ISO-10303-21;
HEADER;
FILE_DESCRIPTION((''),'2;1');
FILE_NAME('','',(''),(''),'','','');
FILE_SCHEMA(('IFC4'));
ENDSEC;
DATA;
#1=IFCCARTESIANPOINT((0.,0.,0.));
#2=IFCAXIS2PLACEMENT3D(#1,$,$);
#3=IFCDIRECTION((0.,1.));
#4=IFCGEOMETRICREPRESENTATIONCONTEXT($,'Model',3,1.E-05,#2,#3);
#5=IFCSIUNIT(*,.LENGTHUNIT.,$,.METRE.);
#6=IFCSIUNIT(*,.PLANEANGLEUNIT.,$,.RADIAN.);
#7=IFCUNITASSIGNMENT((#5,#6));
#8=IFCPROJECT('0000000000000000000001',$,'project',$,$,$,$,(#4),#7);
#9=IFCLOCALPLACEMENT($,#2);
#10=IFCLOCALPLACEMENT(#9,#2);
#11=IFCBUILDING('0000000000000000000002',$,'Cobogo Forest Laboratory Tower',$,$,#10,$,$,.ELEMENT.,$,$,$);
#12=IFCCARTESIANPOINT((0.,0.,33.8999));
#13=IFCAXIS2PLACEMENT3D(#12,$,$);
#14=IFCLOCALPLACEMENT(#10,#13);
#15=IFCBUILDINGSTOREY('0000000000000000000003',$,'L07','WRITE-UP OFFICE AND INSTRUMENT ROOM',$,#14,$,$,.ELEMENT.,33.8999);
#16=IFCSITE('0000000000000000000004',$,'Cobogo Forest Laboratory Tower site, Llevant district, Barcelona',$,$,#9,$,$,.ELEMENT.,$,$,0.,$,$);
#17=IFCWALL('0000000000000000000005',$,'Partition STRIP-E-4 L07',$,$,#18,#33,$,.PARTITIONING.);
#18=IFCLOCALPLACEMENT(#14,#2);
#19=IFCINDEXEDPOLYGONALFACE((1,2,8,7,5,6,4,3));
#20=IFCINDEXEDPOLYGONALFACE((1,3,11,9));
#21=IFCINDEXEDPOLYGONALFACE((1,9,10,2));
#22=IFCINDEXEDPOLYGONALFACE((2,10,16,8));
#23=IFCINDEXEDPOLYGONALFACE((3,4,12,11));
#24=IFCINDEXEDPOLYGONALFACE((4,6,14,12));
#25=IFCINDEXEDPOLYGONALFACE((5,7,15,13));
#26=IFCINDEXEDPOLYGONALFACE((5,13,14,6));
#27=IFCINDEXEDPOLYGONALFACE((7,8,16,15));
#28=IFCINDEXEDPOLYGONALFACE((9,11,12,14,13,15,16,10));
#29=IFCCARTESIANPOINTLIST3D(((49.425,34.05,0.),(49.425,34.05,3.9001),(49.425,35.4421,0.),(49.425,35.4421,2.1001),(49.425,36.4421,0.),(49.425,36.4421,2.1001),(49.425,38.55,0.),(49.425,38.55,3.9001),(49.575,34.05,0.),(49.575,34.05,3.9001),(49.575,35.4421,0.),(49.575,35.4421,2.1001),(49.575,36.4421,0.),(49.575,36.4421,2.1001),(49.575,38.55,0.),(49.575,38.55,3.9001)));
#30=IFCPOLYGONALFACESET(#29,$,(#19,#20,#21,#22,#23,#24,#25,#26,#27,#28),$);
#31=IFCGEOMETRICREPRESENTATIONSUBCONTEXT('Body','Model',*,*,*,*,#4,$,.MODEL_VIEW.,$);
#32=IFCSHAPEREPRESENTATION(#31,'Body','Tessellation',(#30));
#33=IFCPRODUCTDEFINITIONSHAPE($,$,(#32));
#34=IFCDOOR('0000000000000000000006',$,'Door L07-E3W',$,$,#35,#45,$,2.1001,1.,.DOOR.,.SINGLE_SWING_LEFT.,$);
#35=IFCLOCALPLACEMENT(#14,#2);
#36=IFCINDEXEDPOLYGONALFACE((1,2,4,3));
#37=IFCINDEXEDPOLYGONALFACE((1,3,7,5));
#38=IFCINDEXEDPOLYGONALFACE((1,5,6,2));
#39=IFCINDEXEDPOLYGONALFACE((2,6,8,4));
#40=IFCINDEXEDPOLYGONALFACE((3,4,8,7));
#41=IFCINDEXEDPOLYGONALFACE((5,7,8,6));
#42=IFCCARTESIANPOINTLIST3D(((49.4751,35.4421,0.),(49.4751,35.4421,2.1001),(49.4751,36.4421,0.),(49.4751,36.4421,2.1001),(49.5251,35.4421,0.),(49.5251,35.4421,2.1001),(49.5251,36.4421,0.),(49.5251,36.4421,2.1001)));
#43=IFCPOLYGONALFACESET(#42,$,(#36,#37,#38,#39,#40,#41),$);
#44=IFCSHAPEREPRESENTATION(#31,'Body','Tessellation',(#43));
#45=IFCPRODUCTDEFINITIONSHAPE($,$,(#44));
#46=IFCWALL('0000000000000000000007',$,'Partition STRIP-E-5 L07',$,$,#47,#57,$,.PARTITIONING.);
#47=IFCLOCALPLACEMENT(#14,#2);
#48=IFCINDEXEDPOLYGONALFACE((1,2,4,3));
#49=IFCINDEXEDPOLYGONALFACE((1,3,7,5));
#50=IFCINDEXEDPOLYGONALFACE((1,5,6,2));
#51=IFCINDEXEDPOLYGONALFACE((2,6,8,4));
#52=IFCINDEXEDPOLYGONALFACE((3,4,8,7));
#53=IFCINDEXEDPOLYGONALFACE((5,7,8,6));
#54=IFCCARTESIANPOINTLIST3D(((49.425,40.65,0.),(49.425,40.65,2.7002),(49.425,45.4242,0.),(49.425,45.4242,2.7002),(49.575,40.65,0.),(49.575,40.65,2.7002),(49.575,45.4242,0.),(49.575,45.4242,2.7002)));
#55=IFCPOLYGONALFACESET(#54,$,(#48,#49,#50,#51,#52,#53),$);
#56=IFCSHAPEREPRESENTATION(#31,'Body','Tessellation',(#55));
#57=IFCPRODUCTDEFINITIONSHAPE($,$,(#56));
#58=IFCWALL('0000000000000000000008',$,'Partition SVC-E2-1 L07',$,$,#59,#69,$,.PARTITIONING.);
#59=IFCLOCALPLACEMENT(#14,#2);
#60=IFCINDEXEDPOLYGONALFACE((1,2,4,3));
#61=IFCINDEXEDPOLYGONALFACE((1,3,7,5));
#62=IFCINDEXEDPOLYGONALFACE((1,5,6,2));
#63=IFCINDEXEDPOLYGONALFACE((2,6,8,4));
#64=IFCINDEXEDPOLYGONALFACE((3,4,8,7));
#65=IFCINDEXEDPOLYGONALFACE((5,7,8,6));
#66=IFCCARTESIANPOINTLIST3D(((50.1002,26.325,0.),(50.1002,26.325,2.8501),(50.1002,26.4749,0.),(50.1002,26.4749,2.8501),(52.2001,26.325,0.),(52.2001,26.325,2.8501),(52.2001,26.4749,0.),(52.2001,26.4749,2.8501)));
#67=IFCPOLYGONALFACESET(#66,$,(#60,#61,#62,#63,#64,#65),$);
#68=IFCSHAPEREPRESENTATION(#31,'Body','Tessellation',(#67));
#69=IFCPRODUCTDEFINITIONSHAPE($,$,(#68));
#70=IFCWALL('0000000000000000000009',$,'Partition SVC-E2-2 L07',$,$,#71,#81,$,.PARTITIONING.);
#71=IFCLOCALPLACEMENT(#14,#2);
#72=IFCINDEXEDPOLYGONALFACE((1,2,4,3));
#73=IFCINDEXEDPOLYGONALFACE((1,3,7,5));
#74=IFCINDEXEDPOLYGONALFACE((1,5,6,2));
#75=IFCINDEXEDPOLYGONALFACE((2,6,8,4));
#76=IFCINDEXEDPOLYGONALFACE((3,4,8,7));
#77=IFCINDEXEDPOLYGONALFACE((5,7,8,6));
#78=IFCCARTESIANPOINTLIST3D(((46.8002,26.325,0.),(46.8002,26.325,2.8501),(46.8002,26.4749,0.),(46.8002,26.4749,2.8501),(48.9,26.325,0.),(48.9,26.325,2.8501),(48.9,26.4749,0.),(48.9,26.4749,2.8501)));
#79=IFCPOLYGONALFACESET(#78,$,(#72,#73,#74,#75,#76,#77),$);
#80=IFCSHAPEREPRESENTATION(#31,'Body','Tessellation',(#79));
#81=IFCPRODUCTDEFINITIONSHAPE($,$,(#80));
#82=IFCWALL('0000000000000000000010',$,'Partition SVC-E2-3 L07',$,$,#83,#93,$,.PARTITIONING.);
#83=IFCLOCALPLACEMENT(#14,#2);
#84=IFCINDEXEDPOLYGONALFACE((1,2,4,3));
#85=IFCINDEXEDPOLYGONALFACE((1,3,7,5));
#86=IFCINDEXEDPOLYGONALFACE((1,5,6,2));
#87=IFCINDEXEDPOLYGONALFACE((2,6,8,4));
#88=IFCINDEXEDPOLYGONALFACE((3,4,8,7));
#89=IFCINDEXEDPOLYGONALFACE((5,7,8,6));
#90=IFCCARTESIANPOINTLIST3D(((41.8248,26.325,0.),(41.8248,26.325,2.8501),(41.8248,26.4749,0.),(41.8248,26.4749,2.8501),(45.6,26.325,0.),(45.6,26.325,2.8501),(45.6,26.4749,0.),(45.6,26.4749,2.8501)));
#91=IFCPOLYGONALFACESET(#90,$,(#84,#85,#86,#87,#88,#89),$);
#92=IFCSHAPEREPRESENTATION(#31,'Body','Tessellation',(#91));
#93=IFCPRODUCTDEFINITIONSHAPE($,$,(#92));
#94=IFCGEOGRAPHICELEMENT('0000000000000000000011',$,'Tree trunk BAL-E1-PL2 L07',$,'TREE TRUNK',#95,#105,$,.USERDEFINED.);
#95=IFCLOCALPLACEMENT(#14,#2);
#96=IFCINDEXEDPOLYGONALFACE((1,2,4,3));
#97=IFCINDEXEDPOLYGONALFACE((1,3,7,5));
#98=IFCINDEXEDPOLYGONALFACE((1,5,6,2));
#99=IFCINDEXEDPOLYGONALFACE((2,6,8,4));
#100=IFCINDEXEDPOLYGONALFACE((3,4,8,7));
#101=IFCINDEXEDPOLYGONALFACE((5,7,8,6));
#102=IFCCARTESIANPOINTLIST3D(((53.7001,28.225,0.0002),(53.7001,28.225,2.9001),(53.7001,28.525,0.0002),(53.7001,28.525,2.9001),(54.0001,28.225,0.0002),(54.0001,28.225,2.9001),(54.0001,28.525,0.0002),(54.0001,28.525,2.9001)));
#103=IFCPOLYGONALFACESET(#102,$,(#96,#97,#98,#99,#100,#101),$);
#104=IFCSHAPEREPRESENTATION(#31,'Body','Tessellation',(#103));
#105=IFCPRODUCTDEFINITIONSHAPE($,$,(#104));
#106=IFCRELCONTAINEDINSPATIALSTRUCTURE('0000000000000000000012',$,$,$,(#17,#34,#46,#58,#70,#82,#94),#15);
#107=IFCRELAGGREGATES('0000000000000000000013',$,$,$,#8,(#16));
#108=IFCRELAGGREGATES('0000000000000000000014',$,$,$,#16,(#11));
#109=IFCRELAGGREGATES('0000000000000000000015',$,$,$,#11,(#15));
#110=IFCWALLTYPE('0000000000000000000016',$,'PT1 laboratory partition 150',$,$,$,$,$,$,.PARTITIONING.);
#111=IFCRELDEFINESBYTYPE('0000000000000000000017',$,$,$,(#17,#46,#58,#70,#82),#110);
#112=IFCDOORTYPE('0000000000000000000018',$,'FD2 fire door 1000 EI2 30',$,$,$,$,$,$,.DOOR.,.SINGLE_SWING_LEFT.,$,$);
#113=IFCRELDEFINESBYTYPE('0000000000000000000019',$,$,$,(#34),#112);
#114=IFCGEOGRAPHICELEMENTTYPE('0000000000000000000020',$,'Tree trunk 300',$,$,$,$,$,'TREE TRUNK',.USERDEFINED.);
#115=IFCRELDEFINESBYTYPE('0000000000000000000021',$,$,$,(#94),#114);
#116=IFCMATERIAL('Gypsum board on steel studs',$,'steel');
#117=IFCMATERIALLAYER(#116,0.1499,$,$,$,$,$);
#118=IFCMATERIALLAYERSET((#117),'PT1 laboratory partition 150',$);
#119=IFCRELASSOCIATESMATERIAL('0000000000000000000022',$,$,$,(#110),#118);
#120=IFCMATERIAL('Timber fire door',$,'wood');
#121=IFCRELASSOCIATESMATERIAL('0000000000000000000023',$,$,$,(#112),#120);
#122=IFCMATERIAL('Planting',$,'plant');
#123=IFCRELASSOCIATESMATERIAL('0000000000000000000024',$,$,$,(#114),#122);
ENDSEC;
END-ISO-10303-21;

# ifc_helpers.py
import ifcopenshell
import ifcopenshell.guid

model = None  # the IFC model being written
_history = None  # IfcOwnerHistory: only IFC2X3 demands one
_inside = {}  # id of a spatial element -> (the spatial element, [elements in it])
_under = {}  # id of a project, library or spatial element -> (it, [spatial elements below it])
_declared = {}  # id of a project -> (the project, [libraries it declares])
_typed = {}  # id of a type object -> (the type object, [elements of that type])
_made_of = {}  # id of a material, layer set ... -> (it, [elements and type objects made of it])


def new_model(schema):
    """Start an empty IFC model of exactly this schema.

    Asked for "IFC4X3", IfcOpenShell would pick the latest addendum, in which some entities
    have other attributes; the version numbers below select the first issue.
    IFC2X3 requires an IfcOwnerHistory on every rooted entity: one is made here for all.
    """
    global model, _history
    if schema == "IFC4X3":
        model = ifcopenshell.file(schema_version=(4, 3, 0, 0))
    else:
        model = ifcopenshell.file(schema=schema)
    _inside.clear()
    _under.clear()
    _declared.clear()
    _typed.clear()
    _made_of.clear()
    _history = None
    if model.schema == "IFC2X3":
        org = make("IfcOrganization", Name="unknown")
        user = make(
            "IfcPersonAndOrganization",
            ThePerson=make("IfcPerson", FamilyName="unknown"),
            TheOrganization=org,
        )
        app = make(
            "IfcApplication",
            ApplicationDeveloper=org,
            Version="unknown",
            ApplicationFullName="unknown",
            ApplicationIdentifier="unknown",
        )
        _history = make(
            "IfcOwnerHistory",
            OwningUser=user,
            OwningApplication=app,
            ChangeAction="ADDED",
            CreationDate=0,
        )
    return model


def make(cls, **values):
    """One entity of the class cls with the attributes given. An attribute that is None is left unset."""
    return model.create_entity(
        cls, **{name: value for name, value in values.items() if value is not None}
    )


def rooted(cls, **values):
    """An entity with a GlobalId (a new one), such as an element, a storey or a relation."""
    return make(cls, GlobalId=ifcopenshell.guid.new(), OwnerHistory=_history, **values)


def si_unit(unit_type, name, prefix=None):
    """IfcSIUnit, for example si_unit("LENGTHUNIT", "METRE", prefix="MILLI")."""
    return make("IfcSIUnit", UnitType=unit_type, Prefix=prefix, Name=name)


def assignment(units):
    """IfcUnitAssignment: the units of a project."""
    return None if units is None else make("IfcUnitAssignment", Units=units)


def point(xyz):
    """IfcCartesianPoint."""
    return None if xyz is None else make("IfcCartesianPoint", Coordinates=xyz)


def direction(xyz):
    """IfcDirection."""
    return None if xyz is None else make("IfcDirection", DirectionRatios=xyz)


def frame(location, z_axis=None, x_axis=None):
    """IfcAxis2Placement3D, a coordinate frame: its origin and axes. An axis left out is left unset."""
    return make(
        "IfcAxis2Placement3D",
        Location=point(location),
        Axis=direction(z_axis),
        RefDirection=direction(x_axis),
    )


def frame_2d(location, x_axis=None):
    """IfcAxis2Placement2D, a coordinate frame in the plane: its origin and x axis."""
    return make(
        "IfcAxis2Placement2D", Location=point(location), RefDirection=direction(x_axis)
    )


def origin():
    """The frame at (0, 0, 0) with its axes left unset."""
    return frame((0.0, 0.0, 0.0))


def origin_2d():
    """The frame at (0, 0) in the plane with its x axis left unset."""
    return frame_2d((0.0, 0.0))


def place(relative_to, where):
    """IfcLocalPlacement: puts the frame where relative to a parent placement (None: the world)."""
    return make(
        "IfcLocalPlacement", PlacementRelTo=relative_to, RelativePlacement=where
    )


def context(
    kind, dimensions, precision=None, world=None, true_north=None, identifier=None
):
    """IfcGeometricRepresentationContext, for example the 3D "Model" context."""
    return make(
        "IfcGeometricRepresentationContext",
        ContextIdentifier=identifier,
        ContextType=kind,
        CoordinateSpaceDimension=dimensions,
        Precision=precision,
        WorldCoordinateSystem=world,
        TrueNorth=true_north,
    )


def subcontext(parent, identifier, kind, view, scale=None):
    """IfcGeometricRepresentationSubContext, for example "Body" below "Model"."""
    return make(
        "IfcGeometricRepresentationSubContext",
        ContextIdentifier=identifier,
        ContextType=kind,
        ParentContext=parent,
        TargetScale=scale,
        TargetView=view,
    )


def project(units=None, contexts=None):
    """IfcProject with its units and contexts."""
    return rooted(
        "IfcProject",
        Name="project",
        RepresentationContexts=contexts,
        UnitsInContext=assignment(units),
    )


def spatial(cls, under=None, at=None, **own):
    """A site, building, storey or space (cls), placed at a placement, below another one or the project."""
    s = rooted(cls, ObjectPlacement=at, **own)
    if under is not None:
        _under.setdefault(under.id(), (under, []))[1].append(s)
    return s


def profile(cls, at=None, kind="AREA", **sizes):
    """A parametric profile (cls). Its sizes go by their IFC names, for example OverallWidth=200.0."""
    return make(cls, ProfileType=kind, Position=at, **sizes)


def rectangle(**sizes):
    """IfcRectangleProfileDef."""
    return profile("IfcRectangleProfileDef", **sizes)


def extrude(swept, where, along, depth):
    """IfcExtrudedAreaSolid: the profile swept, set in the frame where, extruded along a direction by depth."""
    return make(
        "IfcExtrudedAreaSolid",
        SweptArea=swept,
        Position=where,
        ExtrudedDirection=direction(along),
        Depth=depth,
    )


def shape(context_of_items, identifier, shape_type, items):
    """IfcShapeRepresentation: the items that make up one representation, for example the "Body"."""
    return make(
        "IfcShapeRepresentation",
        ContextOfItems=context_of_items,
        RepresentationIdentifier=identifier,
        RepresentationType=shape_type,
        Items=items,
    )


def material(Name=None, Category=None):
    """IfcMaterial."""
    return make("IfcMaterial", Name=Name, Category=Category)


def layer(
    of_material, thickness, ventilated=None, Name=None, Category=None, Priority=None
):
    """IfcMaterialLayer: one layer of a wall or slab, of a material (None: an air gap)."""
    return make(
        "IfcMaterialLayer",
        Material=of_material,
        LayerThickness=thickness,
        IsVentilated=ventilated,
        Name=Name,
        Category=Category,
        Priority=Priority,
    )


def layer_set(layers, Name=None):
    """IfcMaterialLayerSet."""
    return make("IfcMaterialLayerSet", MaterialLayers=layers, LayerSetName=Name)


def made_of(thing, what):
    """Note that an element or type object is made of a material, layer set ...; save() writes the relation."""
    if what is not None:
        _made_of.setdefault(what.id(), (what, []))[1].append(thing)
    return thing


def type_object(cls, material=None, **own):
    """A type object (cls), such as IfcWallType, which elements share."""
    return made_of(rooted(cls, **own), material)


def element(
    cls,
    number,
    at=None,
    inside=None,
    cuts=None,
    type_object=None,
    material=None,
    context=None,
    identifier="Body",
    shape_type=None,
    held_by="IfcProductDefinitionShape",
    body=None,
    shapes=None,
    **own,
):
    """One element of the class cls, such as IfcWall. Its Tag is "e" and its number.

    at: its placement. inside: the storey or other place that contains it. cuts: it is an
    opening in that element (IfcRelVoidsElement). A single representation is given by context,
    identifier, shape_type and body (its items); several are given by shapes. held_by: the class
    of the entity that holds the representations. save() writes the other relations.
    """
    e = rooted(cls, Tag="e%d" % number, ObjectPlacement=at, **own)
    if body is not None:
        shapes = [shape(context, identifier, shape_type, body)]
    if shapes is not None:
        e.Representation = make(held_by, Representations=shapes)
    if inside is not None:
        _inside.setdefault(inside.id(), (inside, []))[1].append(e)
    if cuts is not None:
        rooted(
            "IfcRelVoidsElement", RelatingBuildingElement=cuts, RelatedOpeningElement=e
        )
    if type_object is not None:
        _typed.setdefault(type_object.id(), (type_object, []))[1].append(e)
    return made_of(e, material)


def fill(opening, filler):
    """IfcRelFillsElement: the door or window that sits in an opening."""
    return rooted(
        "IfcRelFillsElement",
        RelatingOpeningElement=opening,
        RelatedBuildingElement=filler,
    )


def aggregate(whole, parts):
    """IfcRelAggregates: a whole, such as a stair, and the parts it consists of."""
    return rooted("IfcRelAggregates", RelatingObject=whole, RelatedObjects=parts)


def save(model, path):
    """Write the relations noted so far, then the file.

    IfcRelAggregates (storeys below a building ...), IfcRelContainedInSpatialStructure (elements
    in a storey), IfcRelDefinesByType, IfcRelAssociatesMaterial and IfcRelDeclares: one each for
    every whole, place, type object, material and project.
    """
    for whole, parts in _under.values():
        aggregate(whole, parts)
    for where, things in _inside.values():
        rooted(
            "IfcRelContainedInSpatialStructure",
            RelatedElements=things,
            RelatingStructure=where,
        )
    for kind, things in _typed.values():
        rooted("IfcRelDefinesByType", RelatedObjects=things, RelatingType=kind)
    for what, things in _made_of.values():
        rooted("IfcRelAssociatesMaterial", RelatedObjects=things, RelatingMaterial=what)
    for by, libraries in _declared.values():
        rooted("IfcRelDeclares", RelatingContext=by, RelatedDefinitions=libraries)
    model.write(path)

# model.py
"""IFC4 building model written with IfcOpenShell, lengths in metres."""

from ifc_helpers import new_model, si_unit, direction, frame, frame_2d, origin, origin_2d, place, context, subcontext, project, spatial, rectangle, extrude, material, layer, layer_set, type_object, element, fill, save


model = new_model("IFC4")

# Units and contexts
model_context = context("Model", 3, precision=1e-05, world=origin(), true_north=direction((0.0, 1.0)))
body_context = subcontext(model_context, "Body", "Model", "MODEL_VIEW")
ifc_project = project(units=[si_unit("LENGTHUNIT", "METRE"), si_unit("PLANEANGLEUNIT", "RADIAN")], contexts=[model_context])

# Site, building, storey
site_placement = place(None, origin())
site = spatial("IfcSite", under=ifc_project, at=site_placement, Name="Cobogo Forest Laboratory Tower site, Llevant district, Barcelona", CompositionType="ELEMENT", RefElevation=0.0)
building_placement = place(site_placement, origin())
building = spatial("IfcBuilding", under=site, at=building_placement, Name="Cobogo Forest Laboratory Tower", CompositionType="ELEMENT")
storey_placement = place(building_placement, frame((0.0, 0.0, 33.8999)))
storey = spatial("IfcBuildingStorey", under=building, at=storey_placement, Name="L07", Description="WRITE-UP OFFICE AND INSTRUMENT ROOM", CompositionType="ELEMENT", Elevation=33.8999)

# Shared definitions
ifc_material_1 = material(Name="Gypsum board on steel studs", Category="steel")
ifc_layer_1 = layer(ifc_material_1, 0.1499)
ifc_layer_set_1 = layer_set([ifc_layer_1], Name="PT1 laboratory partition 150")
wall_type = type_object("IfcWallType", Name="PT1 laboratory partition 150", PredefinedType="PARTITIONING", material=ifc_layer_set_1)

# Wall, opening, door
wall_1_placement = place(storey_placement, frame((49.5, 34.05, 0.0), z_axis=(0.0, 0.0, 1.0), x_axis=(0.0, 1.0, 0.0)))
wall_1 = element("IfcWall", 1, at=wall_1_placement, inside=storey, type_object=wall_type, Name="Partition STRIP-E-4 L07", PredefinedType="PARTITIONING", context=body_context, shape_type="SweptSolid", body=[
    extrude(rectangle(XDim=4.5, YDim=0.1499, at=frame_2d((2.25, 0.0))), origin(), (0.0, 0.0, 1.0), 3.9001),
])
opening_placement = place(wall_1_placement, frame((1.3921, 0.0, 0.0)))
opening = element("IfcOpeningElement", 2, at=opening_placement, cuts=wall_1, PredefinedType="OPENING", context=body_context, shape_type="SweptSolid", body=[
    extrude(rectangle(XDim=1.0, YDim=2.1001, at=frame_2d((0.5, 1.05))), frame((0.0, 0.085, 0.0), z_axis=(0.0, -1.0, 0.0), x_axis=(1.0, 0.0, 0.0)), (0.0, 0.0, 1.0), 0.1699),
])
ifc_material_2 = material(Name="Timber fire door", Category="wood")
door_type = type_object("IfcDoorType", Name="FD2 fire door 1000 EI2 30", OperationType="SINGLE_SWING_LEFT", PredefinedType="DOOR", material=ifc_material_2)
door_placement = place(opening_placement, origin())
door = element("IfcDoor", 3, at=door_placement, inside=storey, type_object=door_type, Name="Door L07-E3W", OperationType="SINGLE_SWING_LEFT", OverallHeight=2.1001, OverallWidth=1.0, PredefinedType="DOOR", context=body_context, shape_type="SweptSolid", body=[
    extrude(rectangle(XDim=1.0, YDim=2.1001, at=frame_2d((0.5, 1.05))), frame((0.0, 0.0249, 0.0), z_axis=(0.0, -1.0, 0.0), x_axis=(1.0, 0.0, 0.0)), (0.0, 0.0, 1.0), 0.05),
])
fill(opening, door)

# Walls
wall_2_placement = place(storey_placement, frame((49.5, 40.6499, 0.0), z_axis=(0.0, 0.0, 1.0), x_axis=(0.0, 1.0, 0.0)))
element("IfcWall", 4, at=wall_2_placement, inside=storey, type_object=wall_type, Name="Partition STRIP-E-5 L07", PredefinedType="PARTITIONING", context=body_context, shape_type="SweptSolid", body=[
    extrude(rectangle(XDim=4.7742, YDim=0.1499, at=frame_2d((2.3872, 0.0))), origin(), (0.0, 0.0, 1.0), 2.7002),
])
for number, where, z_axis, x_axis, name in (
    (5, (52.2, 26.3999, 0.0), (0.0, 0.0, 1.0), (-1.0, 0.0, 0.0), "Partition SVC-E2-1 L07"),
    (6, (48.8999, 26.3999, 0.0), (0.0, 0.0, 1.0), (-1.0, 0.0, 0.0), "Partition SVC-E2-2 L07"),
):
    element("IfcWall", number, at=place(storey_placement, frame(where, z_axis=z_axis, x_axis=x_axis)), inside=storey, type_object=wall_type, Name=name, PredefinedType="PARTITIONING", context=body_context, shape_type="SweptSolid", body=[
        extrude(rectangle(XDim=2.0999, YDim=0.1499, at=frame_2d((1.0498, 0.0))), origin(), (0.0, 0.0, 1.0), 2.8501),
    ])
wall_3_placement = place(storey_placement, frame((45.6001, 26.3999, 0.0), z_axis=(0.0, 0.0, 1.0), x_axis=(-1.0, 0.0, 0.0)))
element("IfcWall", 7, at=wall_3_placement, inside=storey, type_object=wall_type, Name="Partition SVC-E2-3 L07", PredefinedType="PARTITIONING", context=body_context, shape_type="SweptSolid", body=[
    extrude(rectangle(XDim=3.7751, YDim=0.1499, at=frame_2d((1.8877, 0.0))), origin(), (0.0, 0.0, 1.0), 2.8501),
])

# Geographic element
ifc_material_3 = material(Name="Planting", Category="plant")
geographic_element_type = type_object("IfcGeographicElementType", Name="Tree trunk 300", ElementType="TREE TRUNK", PredefinedType="USERDEFINED", material=ifc_material_3)
geographic_element_placement = place(storey_placement, frame((53.8501, 28.375, 0.0002), z_axis=(0.0, 0.0, 1.0), x_axis=(1.0, 0.0, 0.0)))
element("IfcGeographicElement", 8, at=geographic_element_placement, inside=storey, type_object=geographic_element_type, Name="Tree trunk BAL-E1-PL2 L07", ObjectType="TREE TRUNK", PredefinedType="USERDEFINED", context=body_context, shape_type="SweptSolid", body=[
    extrude(rectangle(XDim=0.3, YDim=0.3, at=origin_2d()), origin(), (0.0, 0.0, 1.0), 2.8999),
])

save(model, "model.ifc")
